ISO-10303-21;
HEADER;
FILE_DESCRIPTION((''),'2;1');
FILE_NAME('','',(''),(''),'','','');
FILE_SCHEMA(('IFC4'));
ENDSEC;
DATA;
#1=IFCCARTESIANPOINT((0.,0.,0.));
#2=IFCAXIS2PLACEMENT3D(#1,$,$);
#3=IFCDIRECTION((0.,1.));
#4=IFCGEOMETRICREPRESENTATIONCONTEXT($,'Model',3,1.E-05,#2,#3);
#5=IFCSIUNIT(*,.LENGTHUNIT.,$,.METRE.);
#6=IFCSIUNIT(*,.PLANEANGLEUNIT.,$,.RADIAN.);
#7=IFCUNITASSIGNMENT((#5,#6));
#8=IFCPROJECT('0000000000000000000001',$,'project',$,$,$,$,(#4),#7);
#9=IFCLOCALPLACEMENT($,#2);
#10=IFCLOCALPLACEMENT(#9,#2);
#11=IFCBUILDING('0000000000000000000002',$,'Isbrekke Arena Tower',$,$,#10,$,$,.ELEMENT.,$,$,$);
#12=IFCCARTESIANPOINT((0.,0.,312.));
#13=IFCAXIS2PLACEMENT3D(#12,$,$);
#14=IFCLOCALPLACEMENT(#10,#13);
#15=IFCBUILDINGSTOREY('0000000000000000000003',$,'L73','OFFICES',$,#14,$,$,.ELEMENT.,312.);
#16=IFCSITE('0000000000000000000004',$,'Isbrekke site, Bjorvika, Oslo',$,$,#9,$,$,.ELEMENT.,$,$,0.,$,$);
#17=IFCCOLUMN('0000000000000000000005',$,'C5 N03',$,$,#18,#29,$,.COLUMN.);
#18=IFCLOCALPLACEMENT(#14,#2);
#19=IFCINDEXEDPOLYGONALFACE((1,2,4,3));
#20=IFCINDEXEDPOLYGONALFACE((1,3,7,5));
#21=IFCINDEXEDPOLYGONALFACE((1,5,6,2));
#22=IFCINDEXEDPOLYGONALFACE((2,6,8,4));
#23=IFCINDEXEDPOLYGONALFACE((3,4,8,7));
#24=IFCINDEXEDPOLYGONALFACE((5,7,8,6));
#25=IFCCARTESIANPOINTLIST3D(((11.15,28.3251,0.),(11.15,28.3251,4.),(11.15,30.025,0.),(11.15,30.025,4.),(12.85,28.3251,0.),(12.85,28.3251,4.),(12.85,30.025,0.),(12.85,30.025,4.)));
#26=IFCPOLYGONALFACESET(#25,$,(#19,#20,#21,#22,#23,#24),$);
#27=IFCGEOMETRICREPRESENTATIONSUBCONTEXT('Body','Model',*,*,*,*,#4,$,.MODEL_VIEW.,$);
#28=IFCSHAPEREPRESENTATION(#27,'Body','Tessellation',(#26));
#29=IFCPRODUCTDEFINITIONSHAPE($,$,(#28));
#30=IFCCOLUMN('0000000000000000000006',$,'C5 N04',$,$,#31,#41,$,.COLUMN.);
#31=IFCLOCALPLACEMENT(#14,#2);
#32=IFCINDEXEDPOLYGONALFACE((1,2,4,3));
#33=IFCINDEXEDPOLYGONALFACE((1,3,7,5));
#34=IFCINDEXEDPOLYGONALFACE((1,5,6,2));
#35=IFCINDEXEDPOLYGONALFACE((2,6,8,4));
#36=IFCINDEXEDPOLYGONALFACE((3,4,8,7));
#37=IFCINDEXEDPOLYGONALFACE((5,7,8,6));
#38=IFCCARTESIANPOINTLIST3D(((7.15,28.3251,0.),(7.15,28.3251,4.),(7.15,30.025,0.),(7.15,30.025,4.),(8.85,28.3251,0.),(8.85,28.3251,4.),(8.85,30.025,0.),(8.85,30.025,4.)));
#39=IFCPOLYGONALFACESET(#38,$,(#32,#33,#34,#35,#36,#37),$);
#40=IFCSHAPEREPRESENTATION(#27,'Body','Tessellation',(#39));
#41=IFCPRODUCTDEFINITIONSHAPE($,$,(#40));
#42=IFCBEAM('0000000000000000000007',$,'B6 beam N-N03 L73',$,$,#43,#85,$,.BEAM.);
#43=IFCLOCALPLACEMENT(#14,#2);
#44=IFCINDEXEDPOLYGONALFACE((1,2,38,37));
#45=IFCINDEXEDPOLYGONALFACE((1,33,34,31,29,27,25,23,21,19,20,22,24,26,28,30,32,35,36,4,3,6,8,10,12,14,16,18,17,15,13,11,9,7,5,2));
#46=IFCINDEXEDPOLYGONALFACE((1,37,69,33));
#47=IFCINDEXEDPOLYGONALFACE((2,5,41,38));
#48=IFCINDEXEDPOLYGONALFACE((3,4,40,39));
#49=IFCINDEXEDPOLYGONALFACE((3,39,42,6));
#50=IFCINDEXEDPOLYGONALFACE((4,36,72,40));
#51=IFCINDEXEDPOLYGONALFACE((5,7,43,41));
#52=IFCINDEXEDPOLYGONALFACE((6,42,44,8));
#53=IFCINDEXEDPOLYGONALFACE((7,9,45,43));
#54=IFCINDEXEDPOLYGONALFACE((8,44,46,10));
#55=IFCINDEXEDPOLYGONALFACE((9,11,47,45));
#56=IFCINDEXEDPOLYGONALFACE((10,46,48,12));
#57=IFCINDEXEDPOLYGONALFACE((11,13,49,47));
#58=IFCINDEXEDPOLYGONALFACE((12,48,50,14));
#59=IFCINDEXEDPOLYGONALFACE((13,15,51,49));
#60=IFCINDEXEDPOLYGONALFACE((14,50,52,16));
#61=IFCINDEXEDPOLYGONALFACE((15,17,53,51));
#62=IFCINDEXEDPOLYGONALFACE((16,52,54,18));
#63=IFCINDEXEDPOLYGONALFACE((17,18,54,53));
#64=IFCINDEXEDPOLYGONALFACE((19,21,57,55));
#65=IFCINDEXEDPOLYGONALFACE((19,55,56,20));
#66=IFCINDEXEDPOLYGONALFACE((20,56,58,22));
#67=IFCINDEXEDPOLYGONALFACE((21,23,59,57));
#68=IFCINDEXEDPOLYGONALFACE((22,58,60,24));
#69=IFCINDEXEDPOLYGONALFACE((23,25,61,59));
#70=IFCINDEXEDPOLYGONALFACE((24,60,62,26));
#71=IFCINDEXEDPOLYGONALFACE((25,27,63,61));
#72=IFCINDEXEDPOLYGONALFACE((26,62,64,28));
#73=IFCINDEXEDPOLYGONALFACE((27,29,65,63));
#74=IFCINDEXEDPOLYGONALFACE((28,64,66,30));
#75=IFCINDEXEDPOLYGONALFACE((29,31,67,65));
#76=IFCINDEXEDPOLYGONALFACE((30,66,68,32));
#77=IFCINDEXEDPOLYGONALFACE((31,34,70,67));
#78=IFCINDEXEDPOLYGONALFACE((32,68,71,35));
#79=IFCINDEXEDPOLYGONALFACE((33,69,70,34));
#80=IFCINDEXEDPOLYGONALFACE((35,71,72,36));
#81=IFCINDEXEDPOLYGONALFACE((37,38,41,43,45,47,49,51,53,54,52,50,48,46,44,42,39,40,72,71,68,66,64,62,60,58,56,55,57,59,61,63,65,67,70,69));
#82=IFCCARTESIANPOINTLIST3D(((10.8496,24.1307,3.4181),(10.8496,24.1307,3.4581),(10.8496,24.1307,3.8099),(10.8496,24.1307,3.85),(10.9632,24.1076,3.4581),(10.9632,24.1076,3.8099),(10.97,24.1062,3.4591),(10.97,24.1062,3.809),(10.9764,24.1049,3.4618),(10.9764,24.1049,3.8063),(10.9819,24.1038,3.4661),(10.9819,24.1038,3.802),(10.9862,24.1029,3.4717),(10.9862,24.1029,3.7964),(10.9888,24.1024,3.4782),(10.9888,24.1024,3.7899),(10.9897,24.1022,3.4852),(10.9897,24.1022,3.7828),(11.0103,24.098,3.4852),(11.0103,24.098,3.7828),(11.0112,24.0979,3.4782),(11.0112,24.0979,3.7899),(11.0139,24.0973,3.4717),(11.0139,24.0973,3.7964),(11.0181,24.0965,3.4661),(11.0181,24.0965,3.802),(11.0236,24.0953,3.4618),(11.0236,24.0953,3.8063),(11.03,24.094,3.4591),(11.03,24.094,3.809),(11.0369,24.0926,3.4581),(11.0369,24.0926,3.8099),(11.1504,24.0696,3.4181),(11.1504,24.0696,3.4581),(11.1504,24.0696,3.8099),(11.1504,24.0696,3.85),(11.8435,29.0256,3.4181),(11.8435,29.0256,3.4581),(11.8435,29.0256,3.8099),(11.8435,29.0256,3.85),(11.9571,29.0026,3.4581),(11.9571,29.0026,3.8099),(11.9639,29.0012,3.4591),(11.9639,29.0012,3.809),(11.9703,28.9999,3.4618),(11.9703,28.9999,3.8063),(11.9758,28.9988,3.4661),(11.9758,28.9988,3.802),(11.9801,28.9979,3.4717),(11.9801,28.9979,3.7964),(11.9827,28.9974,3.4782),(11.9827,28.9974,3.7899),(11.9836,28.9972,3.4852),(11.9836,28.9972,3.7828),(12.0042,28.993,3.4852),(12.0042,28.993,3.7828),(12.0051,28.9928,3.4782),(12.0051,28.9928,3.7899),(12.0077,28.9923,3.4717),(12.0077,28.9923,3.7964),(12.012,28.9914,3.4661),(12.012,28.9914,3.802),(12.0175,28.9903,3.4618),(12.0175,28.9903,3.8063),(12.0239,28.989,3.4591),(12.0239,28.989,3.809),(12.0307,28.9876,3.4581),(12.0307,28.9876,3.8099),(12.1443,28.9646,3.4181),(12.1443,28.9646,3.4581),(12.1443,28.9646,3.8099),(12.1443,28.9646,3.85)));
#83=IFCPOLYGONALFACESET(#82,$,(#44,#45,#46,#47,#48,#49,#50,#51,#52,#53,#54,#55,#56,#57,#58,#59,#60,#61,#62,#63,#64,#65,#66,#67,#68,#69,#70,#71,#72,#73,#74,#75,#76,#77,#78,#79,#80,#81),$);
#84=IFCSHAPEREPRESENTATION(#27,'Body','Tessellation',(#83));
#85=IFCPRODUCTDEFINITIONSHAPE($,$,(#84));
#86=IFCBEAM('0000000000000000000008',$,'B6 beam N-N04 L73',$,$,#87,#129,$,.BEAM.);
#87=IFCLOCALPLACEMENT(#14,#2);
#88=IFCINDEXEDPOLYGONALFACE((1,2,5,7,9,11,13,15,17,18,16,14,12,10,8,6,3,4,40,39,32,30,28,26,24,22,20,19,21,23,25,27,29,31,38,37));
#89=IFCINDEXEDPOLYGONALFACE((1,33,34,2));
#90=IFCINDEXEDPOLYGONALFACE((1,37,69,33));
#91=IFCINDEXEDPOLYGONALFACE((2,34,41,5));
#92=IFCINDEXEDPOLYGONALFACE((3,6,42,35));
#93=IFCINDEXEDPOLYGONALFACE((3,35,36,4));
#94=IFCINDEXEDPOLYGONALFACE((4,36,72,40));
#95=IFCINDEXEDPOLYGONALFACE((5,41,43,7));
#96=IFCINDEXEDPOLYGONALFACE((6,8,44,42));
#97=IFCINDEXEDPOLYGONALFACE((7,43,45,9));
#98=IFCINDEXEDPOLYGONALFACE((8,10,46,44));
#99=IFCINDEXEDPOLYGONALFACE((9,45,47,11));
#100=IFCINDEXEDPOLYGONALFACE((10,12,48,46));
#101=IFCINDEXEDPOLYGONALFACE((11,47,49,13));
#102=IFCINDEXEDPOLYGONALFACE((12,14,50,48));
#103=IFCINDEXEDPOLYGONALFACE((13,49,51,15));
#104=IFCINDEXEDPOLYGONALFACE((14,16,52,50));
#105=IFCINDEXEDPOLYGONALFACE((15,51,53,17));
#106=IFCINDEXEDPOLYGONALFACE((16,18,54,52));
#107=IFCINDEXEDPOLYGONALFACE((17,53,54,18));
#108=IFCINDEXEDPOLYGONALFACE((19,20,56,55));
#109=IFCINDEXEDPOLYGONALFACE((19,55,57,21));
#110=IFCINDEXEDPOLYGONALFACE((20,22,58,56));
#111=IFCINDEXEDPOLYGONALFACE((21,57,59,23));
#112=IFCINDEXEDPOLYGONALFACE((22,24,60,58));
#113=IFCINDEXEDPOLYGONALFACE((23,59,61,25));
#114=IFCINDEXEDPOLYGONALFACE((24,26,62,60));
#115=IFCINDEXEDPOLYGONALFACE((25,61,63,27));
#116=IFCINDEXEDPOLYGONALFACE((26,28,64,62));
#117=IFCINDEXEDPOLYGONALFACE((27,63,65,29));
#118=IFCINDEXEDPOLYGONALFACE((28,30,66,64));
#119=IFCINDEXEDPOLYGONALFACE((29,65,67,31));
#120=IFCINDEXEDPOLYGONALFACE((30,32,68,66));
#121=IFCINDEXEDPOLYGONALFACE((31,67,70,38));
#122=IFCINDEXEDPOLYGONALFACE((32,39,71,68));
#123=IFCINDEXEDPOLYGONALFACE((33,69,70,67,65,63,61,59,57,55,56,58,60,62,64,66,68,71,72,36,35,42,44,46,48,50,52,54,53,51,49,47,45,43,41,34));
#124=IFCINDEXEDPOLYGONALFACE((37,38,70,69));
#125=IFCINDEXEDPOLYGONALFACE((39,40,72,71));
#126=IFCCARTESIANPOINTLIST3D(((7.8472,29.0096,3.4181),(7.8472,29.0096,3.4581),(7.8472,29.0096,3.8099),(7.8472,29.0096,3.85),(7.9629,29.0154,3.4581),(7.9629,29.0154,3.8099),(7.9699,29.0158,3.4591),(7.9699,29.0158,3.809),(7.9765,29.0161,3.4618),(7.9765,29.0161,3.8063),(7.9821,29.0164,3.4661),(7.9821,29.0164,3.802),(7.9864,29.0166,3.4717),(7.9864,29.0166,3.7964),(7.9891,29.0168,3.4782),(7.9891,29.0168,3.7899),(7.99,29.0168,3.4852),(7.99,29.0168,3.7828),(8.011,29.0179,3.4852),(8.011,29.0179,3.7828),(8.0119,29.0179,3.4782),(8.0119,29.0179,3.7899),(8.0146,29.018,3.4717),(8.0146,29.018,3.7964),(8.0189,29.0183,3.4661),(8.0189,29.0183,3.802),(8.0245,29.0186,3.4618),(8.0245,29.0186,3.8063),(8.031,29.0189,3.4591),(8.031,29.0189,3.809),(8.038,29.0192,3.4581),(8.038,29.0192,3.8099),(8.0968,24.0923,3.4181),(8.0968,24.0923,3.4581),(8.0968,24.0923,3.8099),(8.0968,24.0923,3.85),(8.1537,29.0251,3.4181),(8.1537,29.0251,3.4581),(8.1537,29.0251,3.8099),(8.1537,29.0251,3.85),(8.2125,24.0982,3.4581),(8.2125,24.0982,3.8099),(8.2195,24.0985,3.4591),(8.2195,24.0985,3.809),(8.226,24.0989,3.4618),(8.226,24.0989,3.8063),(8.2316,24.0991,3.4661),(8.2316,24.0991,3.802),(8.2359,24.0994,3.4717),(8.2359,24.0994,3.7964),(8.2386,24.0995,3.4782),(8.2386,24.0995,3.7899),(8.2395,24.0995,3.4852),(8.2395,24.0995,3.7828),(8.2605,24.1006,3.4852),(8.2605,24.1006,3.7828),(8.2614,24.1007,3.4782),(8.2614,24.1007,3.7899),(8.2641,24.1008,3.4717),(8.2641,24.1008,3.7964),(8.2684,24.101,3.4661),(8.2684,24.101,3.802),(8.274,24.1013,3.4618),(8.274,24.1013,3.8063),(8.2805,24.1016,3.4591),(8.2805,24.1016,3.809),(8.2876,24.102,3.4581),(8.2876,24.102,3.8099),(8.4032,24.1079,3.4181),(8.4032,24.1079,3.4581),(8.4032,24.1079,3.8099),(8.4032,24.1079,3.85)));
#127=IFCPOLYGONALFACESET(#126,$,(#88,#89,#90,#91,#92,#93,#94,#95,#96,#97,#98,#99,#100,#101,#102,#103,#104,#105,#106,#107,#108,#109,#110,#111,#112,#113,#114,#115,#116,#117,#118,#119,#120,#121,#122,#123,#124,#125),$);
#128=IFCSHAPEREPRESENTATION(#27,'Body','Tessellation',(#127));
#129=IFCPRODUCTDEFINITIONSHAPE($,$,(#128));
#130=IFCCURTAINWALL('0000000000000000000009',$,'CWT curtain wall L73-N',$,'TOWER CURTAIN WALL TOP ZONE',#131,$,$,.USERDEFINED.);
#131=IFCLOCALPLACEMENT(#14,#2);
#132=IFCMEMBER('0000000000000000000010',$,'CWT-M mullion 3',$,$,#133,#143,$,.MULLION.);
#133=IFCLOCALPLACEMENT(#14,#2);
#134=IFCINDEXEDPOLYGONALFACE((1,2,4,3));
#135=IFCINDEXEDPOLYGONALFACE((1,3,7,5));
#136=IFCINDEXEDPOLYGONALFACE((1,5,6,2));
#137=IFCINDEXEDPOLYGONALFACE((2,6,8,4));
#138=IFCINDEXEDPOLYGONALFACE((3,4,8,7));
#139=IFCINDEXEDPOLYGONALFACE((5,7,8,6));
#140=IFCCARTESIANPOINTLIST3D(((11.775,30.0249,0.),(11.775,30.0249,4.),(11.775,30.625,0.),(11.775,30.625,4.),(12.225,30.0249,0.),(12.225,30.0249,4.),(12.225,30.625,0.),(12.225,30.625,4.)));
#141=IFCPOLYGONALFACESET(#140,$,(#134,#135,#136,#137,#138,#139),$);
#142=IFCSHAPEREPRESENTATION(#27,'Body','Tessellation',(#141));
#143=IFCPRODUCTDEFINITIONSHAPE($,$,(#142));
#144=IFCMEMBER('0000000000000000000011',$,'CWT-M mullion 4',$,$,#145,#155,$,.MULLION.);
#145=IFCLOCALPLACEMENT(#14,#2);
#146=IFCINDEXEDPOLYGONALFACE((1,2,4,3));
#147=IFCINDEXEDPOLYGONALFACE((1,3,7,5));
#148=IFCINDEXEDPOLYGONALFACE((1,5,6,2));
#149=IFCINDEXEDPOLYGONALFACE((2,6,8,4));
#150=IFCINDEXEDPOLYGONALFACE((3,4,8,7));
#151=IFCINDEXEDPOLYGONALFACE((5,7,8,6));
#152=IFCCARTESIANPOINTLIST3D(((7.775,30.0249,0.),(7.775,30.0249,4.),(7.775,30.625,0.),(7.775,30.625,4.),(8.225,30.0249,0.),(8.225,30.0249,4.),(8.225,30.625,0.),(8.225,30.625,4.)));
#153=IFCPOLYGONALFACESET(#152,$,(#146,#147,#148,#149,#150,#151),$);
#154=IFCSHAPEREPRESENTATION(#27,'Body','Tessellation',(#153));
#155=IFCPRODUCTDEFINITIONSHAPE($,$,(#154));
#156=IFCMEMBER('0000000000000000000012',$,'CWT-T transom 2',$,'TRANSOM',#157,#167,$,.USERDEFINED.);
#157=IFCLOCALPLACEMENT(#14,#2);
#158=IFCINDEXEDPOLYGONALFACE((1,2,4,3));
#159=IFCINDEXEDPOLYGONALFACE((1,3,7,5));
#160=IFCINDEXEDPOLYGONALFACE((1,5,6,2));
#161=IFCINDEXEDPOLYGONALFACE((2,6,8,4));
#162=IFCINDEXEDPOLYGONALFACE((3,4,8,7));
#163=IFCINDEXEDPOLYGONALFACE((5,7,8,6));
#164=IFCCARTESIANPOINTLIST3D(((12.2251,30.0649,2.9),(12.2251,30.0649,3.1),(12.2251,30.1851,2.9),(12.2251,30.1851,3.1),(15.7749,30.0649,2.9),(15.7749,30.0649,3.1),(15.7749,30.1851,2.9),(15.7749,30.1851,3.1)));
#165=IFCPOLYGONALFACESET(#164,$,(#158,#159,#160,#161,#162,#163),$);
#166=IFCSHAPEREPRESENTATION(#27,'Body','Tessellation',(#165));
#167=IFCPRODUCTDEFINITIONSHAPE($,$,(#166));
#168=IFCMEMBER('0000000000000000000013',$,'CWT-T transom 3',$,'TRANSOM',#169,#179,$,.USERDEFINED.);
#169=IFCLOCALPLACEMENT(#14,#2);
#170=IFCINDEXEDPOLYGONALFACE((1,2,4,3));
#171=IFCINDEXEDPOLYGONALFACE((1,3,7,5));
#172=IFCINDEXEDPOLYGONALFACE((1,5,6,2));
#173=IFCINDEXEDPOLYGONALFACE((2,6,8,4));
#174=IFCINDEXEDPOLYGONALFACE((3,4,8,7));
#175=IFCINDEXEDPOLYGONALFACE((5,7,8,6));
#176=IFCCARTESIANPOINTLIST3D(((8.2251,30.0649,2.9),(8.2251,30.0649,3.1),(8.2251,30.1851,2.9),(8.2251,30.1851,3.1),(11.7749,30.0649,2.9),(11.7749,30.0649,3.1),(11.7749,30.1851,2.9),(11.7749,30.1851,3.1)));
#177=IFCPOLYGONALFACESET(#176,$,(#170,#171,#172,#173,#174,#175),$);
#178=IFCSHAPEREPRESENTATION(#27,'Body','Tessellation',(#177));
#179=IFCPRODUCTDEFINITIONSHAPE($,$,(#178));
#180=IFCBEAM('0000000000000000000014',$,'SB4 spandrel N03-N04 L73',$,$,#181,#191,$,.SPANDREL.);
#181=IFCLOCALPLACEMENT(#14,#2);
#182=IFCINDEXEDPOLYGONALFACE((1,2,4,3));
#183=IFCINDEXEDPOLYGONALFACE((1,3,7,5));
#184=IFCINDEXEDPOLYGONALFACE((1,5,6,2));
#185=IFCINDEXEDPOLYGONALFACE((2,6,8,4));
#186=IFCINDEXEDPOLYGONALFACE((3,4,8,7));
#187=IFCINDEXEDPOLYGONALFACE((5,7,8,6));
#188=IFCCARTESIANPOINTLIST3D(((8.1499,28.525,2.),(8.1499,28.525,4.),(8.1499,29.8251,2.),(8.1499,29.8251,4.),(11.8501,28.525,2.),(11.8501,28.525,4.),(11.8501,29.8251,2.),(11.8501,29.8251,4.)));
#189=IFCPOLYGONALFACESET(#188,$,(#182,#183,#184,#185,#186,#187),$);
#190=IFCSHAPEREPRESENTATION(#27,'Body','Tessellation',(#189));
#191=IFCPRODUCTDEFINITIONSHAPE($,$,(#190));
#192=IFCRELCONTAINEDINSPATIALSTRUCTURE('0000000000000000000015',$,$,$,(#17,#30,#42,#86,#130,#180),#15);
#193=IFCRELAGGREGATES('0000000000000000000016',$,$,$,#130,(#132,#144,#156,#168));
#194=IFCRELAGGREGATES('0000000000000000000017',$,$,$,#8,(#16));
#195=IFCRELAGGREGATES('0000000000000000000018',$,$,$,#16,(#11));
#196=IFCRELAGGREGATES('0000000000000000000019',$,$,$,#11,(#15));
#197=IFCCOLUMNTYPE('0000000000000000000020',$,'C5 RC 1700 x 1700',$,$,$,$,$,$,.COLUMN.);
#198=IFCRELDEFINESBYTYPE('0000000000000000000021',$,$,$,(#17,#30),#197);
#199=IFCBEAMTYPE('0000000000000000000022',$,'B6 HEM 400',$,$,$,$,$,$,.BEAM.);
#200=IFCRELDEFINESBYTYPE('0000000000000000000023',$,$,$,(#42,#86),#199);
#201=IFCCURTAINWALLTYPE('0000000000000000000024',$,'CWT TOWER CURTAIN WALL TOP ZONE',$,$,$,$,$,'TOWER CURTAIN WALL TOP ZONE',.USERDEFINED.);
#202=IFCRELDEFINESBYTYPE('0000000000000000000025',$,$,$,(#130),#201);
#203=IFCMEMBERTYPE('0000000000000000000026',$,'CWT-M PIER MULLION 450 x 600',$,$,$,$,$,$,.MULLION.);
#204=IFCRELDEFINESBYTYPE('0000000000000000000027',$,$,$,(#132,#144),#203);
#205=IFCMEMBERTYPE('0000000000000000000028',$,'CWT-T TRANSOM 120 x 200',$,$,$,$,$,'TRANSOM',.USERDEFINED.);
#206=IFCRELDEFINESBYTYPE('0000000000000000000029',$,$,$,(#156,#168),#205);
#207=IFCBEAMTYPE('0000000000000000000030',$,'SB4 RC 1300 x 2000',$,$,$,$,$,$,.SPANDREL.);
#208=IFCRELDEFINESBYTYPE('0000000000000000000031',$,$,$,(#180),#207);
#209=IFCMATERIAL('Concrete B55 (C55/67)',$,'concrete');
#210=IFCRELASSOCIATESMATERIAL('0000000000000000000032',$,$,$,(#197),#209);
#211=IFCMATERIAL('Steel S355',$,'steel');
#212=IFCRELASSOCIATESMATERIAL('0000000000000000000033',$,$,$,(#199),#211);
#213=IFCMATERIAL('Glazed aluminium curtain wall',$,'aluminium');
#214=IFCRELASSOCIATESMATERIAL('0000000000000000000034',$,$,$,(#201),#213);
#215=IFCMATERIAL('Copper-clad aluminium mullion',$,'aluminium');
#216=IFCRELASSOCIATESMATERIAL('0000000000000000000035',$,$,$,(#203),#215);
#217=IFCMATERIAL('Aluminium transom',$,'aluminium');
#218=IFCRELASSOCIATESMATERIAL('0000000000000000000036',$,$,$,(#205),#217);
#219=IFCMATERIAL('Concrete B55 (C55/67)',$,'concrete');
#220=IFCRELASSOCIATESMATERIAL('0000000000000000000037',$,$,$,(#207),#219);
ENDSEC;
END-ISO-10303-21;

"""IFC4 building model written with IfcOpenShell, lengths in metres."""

from ifc_helpers import new_model, si_unit, direction, frame, origin, origin_2d, place, context, subcontext, project, spatial, rectangle, i_section, extrude, material, material_profile, profile_set, type_object, element, aggregate, save


model = new_model("IFC4")

# Units and contexts
model_context = context("Model", 3, precision=1e-05, world=origin(), true_north=direction((0.0, 1.0)))
body_context = subcontext(model_context, "Body", "Model", "MODEL_VIEW")
ifc_project = project(units=[si_unit("LENGTHUNIT", "METRE"), si_unit("PLANEANGLEUNIT", "RADIAN")], contexts=[model_context])

# Site, building, storey
site_placement = place(None, origin())
site = spatial("IfcSite", under=ifc_project, at=site_placement, Name="Isbrekke site, Bjorvika, Oslo", CompositionType="ELEMENT", RefElevation=0.0)
building_placement = place(site_placement, origin())
building = spatial("IfcBuilding", under=site, at=building_placement, Name="Isbrekke Arena Tower", CompositionType="ELEMENT")
storey_placement = place(building_placement, frame((0.0, 0.0, 312.0)))
storey = spatial("IfcBuildingStorey", under=building, at=storey_placement, Name="L73", Description="OFFICES", CompositionType="ELEMENT", Elevation=312.0)

# Columns
ifc_material_1 = material(Name="Concrete B55 (C55/67)", Category="concrete")
ifc_material_profile_1 = material_profile(ifc_material_1, rectangle(XDim=1.7, YDim=1.7, at=origin_2d()), Name="RC 1700x1700")
ifc_profile_set_1 = profile_set([ifc_material_profile_1], Name="Concrete B55 (C55/67)")
column_type = type_object("IfcColumnType", Name="C5 RC 1700 x 1700", PredefinedType="COLUMN", material=ifc_profile_set_1)
for number, where, z_axis, x_axis, name in (
    (1, (12.0, 29.175, 0.0), (0.0, 0.0, 1.0), (-1.0, 0.0, 0.0), "C5 N03"),
    (2, (8.0, 29.175, 0.0), (0.0, 0.0, 1.0), (-1.0, 0.0, 0.0), "C5 N04"),
):
    element("IfcColumn", number, at=place(storey_placement, frame(where, z_axis=z_axis, x_axis=x_axis)), inside=storey, type_object=column_type, Name=name, PredefinedType="COLUMN", context=body_context, shape_type="SweptSolid", body=[
        extrude(rectangle(XDim=1.7, YDim=1.7, at=origin_2d()), origin(), (0.0, 0.0, 1.0), 4.0),
    ])

# Beams
ifc_material_2 = material(Name="Steel S355", Category="steel")
ifc_material_profile_2 = material_profile(ifc_material_2, i_section(OverallWidth=0.3069, OverallDepth=0.4319, WebThickness=0.021, FlangeThickness=0.04, FilletRadius=0.0271, at=origin_2d()), Name="HEM 400")
ifc_profile_set_2 = profile_set([ifc_material_profile_2], Name="Steel S355")
beam_type_1 = type_object("IfcBeamType", Name="B6 HEM 400", PredefinedType="BEAM", material=ifc_profile_set_2)
beam_1_placement = place(storey_placement, frame((11.9939, 28.9951, 3.634), z_axis=(-0.198982, -0.980003, 0.0), x_axis=(0.980003, -0.198982, 0.0)))
element("IfcBeam", 3, at=beam_1_placement, inside=storey, type_object=beam_type_1, Name="B6 beam N-N03 L73", PredefinedType="BEAM", context=body_context, shape_type="SweptSolid", body=[
    extrude(i_section(OverallWidth=0.3069, OverallDepth=0.4319, WebThickness=0.021, FlangeThickness=0.04, FilletRadius=0.0271, at=origin_2d()), origin(), (0.0, 0.0, 1.0), 4.9949),
])
beam_2_placement = place(storey_placement, frame((8.0005, 29.0173, 3.634), z_axis=(0.050677, -0.998715, 0.0), x_axis=(0.998715, 0.050677, 0.0)))
element("IfcBeam", 4, at=beam_2_placement, inside=storey, type_object=beam_type_1, Name="B6 beam N-N04 L73", PredefinedType="BEAM", context=body_context, shape_type="SweptSolid", body=[
    extrude(i_section(OverallWidth=0.3069, OverallDepth=0.4319, WebThickness=0.021, FlangeThickness=0.04, FilletRadius=0.0271, at=origin_2d()), origin(), (0.0, 0.0, 1.0), 4.9236),
])

# Curtain wall, members
ifc_material_3 = material(Name="Glazed aluminium curtain wall", Category="aluminium")
curtain_wall_type = type_object("IfcCurtainWallType", Name="CWT TOWER CURTAIN WALL TOP ZONE", ElementType="TOWER CURTAIN WALL TOP ZONE", PredefinedType="USERDEFINED", material=ifc_material_3)
curtain_wall_placement = place(storey_placement, origin())
curtain_wall = element("IfcCurtainWall", 5, at=curtain_wall_placement, inside=storey, type_object=curtain_wall_type, Name="CWT curtain wall L73-N", ObjectType="TOWER CURTAIN WALL TOP ZONE", PredefinedType="USERDEFINED")
ifc_material_4 = material(Name="Copper-clad aluminium mullion", Category="aluminium")
ifc_material_profile_3 = material_profile(ifc_material_4, rectangle(XDim=0.45, YDim=0.6001, at=origin_2d()), Name="PIER 450X600")
ifc_profile_set_3 = profile_set([ifc_material_profile_3], Name="Copper-clad aluminium mullion")
member_type_1 = type_object("IfcMemberType", Name="CWT-M PIER MULLION 450 x 600", PredefinedType="MULLION", material=ifc_profile_set_3)
member_1_placement = place(storey_placement, frame((12.0, 30.325, 0.0), z_axis=(0.0, 0.0, 1.0), x_axis=(-1.0, 0.0, 0.0)))
member_1 = element("IfcMember", 6, at=member_1_placement, type_object=member_type_1, Name="CWT-M mullion 3", PredefinedType="MULLION", context=body_context, shape_type="SweptSolid", body=[
    extrude(rectangle(XDim=0.45, YDim=0.6001, at=origin_2d()), origin(), (0.0, 0.0, 1.0), 4.0),
])
member_2_placement = place(storey_placement, frame((8.0, 30.325, 0.0), z_axis=(0.0, 0.0, 1.0), x_axis=(-1.0, 0.0, 0.0)))
member_2 = element("IfcMember", 7, at=member_2_placement, type_object=member_type_1, Name="CWT-M mullion 4", PredefinedType="MULLION", context=body_context, shape_type="SweptSolid", body=[
    extrude(rectangle(XDim=0.45, YDim=0.6001, at=origin_2d()), origin(), (0.0, 0.0, 1.0), 4.0),
])
ifc_material_5 = material(Name="Aluminium transom", Category="aluminium")
ifc_material_profile_4 = material_profile(ifc_material_5, rectangle(XDim=0.1201, YDim=0.2, at=origin_2d()), Name="TRANSOM 120X200")
ifc_profile_set_4 = profile_set([ifc_material_profile_4], Name="Aluminium transom")
member_type_2 = type_object("IfcMemberType", Name="CWT-T TRANSOM 120 x 200", ElementType="TRANSOM", PredefinedType="USERDEFINED", material=ifc_profile_set_4)
member_3_placement = place(storey_placement, frame((15.7749, 30.125, 3.0), z_axis=(-1.0, 0.0, 0.0), x_axis=(0.0, -1.0, 0.0)))
member_3 = element("IfcMember", 8, at=member_3_placement, type_object=member_type_2, Name="CWT-T transom 2", ObjectType="TRANSOM", PredefinedType="USERDEFINED", context=body_context, shape_type="SweptSolid", body=[
    extrude(rectangle(XDim=0.1201, YDim=0.2, at=origin_2d()), origin(), (0.0, 0.0, 1.0), 3.5498),
])
member_4_placement = place(storey_placement, frame((11.7749, 30.125, 3.0), z_axis=(-1.0, 0.0, 0.0), x_axis=(0.0, -1.0, 0.0)))
member_4 = element("IfcMember", 9, at=member_4_placement, type_object=member_type_2, Name="CWT-T transom 3", ObjectType="TRANSOM", PredefinedType="USERDEFINED", context=body_context, shape_type="SweptSolid", body=[
    extrude(rectangle(XDim=0.1201, YDim=0.2, at=origin_2d()), origin(), (0.0, 0.0, 1.0), 3.5498),
])

# Beam
ifc_material_6 = material(Name="Concrete B55 (C55/67)", Category="concrete")
ifc_material_profile_5 = material_profile(ifc_material_6, rectangle(XDim=1.3, YDim=2.0, at=origin_2d()), Name="RC 1300x2000")
ifc_profile_set_5 = profile_set([ifc_material_profile_5], Name="Concrete B55 (C55/67)")
beam_type_2 = type_object("IfcBeamType", Name="SB4 RC 1300 x 2000", PredefinedType="SPANDREL", material=ifc_profile_set_5)
beam_3_placement = place(storey_placement, frame((11.8501, 29.175, 3.0), z_axis=(-1.0, 0.0, 0.0), x_axis=(0.0, -1.0, 0.0)))
element("IfcBeam", 10, at=beam_3_placement, inside=storey, type_object=beam_type_2, Name="SB4 spandrel N03-N04 L73", PredefinedType="SPANDREL", context=body_context, shape_type="SweptSolid", body=[
    extrude(rectangle(XDim=1.3, YDim=2.0, at=origin_2d()), origin(), (0.0, 0.0, 1.0), 3.7002),
])

aggregate(curtain_wall, [member_1, member_2, member_3, member_4])

save(model, "model.ifc")
